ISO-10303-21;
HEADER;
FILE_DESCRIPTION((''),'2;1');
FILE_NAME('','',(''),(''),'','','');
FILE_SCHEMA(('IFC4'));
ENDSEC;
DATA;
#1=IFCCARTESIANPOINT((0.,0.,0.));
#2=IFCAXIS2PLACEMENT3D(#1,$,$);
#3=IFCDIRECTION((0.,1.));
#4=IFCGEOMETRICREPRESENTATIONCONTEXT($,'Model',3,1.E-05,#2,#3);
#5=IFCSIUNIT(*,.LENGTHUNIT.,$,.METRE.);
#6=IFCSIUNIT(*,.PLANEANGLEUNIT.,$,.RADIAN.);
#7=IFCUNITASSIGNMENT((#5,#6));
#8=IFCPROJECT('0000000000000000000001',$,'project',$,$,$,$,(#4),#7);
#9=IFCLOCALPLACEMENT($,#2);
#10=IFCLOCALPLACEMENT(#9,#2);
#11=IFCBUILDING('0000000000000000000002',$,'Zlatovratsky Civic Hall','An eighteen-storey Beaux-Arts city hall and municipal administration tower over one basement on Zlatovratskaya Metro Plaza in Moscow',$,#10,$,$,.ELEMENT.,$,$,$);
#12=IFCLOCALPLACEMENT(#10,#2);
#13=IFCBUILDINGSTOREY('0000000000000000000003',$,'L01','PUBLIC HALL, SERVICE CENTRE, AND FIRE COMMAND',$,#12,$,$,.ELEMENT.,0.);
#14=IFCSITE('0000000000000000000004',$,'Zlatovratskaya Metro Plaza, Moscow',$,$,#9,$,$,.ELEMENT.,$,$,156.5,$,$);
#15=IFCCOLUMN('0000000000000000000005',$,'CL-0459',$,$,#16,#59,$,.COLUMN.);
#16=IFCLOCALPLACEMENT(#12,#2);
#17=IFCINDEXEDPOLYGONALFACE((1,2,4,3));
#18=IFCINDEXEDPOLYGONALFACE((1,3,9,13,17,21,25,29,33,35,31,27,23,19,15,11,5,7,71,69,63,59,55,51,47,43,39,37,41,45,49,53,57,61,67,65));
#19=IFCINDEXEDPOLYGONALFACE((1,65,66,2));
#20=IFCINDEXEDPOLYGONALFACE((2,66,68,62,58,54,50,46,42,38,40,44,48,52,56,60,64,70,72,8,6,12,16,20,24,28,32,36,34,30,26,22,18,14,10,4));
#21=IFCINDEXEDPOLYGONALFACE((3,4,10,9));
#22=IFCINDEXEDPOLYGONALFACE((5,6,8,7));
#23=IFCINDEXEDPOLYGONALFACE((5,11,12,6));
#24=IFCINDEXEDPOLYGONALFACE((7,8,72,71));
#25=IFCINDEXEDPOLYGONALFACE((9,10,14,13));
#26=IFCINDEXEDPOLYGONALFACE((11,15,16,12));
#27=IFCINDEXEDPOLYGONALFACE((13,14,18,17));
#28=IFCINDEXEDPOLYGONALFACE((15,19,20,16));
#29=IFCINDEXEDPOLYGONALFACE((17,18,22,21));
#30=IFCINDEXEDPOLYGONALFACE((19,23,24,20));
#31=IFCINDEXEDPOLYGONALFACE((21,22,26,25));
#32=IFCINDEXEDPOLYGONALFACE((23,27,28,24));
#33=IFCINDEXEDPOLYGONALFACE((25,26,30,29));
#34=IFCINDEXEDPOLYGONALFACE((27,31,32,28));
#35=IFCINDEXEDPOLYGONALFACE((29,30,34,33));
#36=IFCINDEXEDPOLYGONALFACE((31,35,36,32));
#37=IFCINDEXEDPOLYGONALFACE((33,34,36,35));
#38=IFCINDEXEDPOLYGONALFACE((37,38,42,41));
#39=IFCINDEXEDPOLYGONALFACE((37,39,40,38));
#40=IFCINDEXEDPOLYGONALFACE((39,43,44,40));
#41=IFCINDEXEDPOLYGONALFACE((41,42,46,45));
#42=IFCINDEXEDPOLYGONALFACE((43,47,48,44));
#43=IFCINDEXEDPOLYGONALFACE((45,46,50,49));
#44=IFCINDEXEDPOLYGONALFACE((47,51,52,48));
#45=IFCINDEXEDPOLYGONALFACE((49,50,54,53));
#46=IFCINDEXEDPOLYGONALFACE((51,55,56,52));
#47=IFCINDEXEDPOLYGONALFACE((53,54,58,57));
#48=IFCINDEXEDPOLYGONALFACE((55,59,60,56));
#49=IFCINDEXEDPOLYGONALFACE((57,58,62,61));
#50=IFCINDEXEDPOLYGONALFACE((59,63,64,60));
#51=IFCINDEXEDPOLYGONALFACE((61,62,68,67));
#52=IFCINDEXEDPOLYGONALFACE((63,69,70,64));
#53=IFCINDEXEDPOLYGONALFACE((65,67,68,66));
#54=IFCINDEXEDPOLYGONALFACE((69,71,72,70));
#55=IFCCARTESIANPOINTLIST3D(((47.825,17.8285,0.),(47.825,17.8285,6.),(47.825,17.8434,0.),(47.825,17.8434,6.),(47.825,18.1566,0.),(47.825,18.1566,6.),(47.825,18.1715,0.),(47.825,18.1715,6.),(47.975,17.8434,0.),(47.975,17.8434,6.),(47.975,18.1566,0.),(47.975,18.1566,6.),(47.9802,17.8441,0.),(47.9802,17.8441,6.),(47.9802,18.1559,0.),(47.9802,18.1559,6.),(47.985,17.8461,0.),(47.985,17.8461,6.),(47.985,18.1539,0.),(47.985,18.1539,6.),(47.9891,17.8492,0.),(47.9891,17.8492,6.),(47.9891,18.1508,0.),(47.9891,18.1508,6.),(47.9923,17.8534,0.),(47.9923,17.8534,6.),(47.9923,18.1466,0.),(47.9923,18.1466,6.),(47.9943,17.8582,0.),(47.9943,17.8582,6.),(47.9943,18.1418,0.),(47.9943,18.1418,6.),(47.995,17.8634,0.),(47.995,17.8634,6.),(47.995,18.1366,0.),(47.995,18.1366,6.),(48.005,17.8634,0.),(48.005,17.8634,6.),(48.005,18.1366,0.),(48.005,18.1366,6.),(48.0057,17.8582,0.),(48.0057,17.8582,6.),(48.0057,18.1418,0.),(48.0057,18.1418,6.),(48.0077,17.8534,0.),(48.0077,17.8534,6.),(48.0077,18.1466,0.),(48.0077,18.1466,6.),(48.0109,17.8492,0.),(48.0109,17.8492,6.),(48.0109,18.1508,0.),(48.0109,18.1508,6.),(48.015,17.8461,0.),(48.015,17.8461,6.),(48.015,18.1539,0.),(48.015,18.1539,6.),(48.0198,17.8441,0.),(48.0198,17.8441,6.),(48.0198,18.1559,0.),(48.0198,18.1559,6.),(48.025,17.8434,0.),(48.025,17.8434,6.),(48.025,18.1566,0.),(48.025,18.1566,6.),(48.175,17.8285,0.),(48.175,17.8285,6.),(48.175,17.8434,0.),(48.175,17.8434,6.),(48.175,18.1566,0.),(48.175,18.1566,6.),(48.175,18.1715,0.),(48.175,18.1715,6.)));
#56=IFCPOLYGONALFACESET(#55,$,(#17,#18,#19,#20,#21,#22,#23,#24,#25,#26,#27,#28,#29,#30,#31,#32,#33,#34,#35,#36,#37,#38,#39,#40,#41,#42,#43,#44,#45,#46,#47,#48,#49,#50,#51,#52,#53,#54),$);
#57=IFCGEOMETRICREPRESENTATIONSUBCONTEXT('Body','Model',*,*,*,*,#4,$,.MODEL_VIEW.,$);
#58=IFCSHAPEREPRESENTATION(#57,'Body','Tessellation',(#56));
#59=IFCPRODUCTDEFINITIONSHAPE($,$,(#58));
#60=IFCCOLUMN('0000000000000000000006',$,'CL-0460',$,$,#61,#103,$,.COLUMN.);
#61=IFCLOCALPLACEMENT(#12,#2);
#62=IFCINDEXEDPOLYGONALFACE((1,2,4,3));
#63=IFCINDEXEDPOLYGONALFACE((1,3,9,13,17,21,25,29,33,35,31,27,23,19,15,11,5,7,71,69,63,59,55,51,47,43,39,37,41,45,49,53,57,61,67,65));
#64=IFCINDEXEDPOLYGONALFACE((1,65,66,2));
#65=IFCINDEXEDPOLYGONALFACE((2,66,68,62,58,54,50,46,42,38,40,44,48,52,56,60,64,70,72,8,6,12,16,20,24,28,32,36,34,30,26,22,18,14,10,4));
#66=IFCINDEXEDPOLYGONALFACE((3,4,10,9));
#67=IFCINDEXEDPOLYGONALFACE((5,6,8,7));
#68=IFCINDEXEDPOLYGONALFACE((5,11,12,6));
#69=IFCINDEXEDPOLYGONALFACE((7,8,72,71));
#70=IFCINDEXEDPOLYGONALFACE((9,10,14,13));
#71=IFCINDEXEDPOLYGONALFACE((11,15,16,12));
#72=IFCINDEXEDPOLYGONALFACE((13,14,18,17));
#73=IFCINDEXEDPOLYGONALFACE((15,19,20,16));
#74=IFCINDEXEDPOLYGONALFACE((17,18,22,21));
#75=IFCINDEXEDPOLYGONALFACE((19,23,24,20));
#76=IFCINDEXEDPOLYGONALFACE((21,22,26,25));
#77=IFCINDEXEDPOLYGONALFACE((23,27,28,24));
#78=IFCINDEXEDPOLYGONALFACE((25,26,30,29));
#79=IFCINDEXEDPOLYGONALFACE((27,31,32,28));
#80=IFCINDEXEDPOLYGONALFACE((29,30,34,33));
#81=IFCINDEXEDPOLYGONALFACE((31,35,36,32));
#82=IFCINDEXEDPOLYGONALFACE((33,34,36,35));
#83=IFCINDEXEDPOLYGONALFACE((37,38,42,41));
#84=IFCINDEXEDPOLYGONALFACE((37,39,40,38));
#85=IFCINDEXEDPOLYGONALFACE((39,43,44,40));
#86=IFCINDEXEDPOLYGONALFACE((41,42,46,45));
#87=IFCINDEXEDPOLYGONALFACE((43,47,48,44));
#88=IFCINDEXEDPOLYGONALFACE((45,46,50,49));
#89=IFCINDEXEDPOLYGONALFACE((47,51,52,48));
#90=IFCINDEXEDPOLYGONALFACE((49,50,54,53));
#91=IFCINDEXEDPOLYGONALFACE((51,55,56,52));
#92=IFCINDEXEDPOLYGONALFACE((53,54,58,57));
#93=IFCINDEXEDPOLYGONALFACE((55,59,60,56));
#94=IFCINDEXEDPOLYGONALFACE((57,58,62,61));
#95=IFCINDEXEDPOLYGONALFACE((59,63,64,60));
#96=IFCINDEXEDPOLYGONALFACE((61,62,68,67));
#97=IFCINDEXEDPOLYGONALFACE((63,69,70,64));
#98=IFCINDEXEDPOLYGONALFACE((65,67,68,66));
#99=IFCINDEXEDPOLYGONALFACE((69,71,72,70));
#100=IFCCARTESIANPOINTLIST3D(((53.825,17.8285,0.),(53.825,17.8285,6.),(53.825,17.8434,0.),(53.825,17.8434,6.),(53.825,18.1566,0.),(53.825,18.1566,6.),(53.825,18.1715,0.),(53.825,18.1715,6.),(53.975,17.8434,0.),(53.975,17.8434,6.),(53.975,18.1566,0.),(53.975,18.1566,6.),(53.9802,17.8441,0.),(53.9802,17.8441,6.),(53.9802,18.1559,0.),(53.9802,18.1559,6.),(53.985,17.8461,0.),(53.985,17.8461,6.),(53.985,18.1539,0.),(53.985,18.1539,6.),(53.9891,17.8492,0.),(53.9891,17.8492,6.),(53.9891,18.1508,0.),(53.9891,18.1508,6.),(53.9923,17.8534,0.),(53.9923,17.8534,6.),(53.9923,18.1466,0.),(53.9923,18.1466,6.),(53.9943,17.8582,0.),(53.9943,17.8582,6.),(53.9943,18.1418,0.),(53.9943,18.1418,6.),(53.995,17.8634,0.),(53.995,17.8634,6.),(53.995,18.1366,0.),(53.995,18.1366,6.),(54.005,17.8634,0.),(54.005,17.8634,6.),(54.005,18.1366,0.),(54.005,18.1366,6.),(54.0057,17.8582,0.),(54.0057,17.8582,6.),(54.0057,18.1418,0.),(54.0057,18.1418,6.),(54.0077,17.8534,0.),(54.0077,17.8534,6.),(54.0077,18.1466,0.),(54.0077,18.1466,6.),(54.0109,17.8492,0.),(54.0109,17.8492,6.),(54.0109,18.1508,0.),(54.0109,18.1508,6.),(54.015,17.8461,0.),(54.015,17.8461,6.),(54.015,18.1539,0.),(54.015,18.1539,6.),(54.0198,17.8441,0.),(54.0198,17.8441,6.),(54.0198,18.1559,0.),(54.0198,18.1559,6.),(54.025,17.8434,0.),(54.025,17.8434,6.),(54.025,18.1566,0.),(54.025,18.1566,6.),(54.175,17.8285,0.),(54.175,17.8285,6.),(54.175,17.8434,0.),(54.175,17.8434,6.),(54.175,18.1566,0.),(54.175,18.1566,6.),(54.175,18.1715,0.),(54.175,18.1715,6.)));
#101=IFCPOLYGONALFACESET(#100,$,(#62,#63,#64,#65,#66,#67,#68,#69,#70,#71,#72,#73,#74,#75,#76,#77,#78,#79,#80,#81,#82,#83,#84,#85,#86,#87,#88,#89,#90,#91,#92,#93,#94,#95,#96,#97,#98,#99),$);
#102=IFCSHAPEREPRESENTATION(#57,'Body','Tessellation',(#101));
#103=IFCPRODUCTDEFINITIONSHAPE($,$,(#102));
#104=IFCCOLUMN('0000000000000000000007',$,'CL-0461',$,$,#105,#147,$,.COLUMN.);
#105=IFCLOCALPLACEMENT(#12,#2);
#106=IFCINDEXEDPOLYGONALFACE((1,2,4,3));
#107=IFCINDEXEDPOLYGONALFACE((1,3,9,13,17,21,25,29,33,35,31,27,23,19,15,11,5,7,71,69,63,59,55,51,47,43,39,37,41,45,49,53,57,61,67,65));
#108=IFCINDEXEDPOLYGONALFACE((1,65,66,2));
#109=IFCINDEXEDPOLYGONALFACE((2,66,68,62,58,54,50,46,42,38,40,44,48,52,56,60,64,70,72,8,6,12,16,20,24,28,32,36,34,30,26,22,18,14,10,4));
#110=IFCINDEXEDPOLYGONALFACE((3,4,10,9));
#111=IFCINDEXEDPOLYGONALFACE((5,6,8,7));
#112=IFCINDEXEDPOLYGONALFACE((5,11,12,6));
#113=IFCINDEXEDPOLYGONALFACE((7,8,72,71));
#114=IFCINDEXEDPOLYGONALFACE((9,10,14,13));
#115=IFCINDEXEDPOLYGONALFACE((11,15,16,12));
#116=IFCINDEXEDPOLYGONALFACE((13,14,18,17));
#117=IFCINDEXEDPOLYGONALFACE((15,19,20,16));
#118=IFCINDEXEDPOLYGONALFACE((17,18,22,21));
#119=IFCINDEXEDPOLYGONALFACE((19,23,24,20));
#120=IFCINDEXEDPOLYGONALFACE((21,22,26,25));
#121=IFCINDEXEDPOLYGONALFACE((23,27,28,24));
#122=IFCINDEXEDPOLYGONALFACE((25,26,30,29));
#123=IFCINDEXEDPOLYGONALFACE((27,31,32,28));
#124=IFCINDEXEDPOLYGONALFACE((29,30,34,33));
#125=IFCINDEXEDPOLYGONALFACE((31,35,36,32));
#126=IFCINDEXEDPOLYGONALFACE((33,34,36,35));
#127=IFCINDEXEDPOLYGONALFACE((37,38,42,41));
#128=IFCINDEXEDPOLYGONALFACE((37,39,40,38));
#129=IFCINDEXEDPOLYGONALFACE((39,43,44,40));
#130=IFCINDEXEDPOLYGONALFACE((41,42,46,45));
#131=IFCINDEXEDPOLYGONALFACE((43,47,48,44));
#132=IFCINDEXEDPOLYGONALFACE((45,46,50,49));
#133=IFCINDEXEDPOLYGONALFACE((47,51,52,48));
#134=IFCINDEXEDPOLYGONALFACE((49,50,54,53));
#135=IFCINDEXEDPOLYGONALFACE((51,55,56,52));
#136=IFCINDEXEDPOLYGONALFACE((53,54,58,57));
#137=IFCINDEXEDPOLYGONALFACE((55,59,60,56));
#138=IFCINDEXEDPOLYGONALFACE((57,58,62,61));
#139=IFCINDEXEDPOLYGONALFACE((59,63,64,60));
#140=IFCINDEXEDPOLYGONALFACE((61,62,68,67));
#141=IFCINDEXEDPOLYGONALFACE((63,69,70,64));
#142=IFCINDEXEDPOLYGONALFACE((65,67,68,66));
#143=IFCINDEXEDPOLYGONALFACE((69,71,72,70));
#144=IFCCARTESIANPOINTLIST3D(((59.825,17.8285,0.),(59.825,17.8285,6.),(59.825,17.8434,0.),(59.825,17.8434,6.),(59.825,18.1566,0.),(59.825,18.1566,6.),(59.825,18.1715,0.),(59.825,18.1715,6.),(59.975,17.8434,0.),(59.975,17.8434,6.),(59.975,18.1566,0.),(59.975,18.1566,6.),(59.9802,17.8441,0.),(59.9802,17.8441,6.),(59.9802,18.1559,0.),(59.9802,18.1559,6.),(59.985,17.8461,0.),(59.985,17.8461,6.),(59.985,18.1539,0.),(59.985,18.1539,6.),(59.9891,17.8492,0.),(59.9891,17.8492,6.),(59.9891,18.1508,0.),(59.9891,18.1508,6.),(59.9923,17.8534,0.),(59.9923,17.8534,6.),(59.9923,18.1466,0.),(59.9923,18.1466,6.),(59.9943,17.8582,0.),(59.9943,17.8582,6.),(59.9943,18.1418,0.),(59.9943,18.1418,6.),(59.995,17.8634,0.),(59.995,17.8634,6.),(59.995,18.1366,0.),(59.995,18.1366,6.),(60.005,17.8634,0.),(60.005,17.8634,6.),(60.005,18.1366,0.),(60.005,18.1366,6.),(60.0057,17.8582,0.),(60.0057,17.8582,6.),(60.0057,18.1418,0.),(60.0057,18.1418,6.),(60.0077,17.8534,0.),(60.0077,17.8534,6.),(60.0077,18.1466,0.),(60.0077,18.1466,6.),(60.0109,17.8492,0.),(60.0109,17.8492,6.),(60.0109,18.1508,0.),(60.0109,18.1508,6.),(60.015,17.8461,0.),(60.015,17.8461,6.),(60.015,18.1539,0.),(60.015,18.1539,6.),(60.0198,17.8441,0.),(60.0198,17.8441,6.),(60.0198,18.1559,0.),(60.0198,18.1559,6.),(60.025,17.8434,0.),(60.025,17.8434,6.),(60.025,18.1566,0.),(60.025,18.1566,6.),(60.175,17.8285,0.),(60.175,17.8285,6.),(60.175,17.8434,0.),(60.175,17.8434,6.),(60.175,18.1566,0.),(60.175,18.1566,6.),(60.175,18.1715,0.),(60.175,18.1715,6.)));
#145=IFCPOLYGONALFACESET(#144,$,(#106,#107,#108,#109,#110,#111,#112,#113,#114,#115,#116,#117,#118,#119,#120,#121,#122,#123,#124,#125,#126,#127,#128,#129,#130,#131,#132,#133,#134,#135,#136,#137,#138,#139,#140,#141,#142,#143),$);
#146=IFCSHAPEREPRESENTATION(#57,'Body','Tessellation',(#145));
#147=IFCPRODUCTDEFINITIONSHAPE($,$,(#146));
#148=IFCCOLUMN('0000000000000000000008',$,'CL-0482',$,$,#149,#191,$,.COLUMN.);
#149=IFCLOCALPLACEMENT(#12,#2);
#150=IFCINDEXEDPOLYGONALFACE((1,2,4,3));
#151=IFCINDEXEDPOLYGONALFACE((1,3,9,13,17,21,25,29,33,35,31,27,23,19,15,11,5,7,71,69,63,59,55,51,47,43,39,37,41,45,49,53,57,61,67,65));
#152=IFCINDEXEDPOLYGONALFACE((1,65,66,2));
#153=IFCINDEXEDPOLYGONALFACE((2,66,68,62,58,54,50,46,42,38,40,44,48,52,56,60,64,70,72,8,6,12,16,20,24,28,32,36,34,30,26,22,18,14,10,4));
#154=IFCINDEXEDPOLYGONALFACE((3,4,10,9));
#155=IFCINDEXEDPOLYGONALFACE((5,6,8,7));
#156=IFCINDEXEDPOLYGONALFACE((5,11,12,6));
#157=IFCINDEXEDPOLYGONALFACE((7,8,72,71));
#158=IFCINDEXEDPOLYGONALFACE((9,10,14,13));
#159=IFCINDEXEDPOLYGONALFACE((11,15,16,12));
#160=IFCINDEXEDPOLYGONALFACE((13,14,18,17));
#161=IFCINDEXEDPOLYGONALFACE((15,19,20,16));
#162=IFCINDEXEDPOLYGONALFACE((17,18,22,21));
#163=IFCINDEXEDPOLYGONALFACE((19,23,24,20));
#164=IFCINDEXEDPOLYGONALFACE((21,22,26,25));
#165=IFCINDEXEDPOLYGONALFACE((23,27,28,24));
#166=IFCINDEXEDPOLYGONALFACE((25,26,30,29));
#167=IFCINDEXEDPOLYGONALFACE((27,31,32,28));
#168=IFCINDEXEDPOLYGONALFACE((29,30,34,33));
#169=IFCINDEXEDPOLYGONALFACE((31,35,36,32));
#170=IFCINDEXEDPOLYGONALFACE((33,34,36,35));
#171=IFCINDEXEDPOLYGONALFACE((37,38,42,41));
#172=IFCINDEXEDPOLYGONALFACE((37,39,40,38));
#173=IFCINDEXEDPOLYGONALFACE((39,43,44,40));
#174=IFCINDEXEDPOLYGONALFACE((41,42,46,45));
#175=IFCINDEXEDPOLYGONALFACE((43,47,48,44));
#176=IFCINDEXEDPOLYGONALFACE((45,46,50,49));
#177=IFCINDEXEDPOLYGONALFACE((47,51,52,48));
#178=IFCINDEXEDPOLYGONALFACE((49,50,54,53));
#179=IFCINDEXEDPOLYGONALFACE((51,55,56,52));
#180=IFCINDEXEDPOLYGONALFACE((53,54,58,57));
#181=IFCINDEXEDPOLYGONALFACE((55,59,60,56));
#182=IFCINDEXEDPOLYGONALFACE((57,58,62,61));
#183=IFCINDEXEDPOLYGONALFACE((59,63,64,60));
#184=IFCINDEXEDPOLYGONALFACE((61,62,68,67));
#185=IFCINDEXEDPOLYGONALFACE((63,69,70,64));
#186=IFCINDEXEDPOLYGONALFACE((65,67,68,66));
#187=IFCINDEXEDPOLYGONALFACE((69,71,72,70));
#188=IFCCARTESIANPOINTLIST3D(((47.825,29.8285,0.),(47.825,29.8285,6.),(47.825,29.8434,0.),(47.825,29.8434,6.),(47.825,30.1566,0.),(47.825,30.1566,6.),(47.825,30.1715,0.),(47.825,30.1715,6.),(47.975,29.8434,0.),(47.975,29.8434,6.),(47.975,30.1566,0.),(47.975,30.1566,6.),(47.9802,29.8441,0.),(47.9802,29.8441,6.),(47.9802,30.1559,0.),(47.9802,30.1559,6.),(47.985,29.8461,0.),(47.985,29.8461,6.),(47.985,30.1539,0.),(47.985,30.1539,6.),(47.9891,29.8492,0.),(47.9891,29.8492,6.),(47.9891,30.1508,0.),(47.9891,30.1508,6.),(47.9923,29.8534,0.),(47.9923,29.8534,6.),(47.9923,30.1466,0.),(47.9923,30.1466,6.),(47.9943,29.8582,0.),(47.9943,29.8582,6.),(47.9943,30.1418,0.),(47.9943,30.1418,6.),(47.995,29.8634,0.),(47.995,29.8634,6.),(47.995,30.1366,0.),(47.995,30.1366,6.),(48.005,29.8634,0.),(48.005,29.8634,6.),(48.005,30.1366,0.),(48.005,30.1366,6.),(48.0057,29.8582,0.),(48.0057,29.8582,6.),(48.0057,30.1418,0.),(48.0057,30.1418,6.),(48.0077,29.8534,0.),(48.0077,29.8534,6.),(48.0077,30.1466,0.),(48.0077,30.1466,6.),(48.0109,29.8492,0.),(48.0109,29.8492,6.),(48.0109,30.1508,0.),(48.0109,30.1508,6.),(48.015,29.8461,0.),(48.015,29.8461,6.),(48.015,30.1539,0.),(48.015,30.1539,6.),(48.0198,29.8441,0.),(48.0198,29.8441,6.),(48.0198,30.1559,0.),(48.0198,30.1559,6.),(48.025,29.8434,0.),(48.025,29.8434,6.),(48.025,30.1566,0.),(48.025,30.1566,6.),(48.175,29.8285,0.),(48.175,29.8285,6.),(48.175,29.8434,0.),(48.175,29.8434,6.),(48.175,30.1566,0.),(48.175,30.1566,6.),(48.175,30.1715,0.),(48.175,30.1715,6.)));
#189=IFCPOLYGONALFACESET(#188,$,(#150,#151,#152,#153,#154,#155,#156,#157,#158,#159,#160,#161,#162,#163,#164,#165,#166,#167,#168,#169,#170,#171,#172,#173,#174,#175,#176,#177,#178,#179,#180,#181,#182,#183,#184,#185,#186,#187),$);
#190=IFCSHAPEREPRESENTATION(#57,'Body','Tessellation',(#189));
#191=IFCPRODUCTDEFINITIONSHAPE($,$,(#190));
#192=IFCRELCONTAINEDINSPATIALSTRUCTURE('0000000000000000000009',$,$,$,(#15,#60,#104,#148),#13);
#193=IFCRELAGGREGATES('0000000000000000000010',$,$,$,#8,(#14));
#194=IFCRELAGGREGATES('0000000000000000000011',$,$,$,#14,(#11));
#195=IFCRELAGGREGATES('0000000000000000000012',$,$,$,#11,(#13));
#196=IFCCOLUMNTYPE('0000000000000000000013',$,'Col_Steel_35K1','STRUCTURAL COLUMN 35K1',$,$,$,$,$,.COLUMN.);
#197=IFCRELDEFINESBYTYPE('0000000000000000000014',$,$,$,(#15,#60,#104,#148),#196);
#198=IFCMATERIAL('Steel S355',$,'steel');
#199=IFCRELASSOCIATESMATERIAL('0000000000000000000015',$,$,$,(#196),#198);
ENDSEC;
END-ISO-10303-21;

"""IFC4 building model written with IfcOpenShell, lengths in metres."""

from ifc_helpers import new_model, si_unit, direction, frame, origin, origin_2d, place, context, subcontext, project, spatial, i_section, extrude, material, material_profile, profile_set, type_object, element, save


model = new_model("IFC4")

# Units and contexts
model_context = context("Model", 3, precision=1e-05, world=origin(), true_north=direction((0.0, 1.0)))
body_context = subcontext(model_context, "Body", "Model", "MODEL_VIEW")
ifc_project = project(units=[si_unit("LENGTHUNIT", "METRE"), si_unit("PLANEANGLEUNIT", "RADIAN")], contexts=[model_context])

# Site, building, storey
site_placement = place(None, origin())
site = spatial("IfcSite", under=ifc_project, at=site_placement, Name="Zlatovratskaya Metro Plaza, Moscow", CompositionType="ELEMENT", RefElevation=156.5)
building_placement = place(site_placement, origin())
building = spatial("IfcBuilding", under=site, at=building_placement, Name="Zlatovratsky Civic Hall", Description="An eighteen-storey Beaux-Arts city hall and municipal administration tower over one basement on Zlatovratskaya Metro Plaza in Moscow", CompositionType="ELEMENT")
storey_placement = place(building_placement, origin())
storey = spatial("IfcBuildingStorey", under=building, at=storey_placement, Name="L01", Description="PUBLIC HALL, SERVICE CENTRE, AND FIRE COMMAND", CompositionType="ELEMENT", Elevation=0.0)

# Columns
ifc_material_1 = material(Name="Steel S355", Category="steel")
ifc_material_profile_1 = material_profile(ifc_material_1, i_section(OverallWidth=0.3501, OverallDepth=0.343, WebThickness=0.01, FlangeThickness=0.0149, FilletRadius=0.02, at=origin_2d()), Name="35K1")
ifc_profile_set_1 = profile_set([ifc_material_profile_1], Name="Steel S355")
column_type = type_object("IfcColumnType", Name="Col_Steel_35K1", Description="STRUCTURAL COLUMN 35K1", PredefinedType="COLUMN", material=ifc_profile_set_1)
for number, where, z_axis, x_axis, name in (
    (1, (48.0, 18.0, 0.0), (0.0, 0.0, 1.0), (1.0, 0.0, 0.0), "CL-0459"),
    (2, (54.0, 18.0, 0.0), (0.0, 0.0, 1.0), (1.0, 0.0, 0.0), "CL-0460"),
    (3, (60.0, 18.0, 0.0), (0.0, 0.0, 1.0), (1.0, 0.0, 0.0), "CL-0461"),
    (4, (48.0, 30.0, 0.0), (0.0, 0.0, 1.0), (1.0, 0.0, 0.0), "CL-0482"),
):
    element("IfcColumn", number, at=place(storey_placement, frame(where, z_axis=z_axis, x_axis=x_axis)), inside=storey, type_object=column_type, Name=name, PredefinedType="COLUMN", context=body_context, shape_type="SweptSolid", body=[
        extrude(i_section(OverallWidth=0.3501, OverallDepth=0.343, WebThickness=0.01, FlangeThickness=0.0149, FilletRadius=0.02, at=origin_2d()), origin(), (0.0, 0.0, 1.0), 6.0),
    ])

save(model, "model.ifc")
